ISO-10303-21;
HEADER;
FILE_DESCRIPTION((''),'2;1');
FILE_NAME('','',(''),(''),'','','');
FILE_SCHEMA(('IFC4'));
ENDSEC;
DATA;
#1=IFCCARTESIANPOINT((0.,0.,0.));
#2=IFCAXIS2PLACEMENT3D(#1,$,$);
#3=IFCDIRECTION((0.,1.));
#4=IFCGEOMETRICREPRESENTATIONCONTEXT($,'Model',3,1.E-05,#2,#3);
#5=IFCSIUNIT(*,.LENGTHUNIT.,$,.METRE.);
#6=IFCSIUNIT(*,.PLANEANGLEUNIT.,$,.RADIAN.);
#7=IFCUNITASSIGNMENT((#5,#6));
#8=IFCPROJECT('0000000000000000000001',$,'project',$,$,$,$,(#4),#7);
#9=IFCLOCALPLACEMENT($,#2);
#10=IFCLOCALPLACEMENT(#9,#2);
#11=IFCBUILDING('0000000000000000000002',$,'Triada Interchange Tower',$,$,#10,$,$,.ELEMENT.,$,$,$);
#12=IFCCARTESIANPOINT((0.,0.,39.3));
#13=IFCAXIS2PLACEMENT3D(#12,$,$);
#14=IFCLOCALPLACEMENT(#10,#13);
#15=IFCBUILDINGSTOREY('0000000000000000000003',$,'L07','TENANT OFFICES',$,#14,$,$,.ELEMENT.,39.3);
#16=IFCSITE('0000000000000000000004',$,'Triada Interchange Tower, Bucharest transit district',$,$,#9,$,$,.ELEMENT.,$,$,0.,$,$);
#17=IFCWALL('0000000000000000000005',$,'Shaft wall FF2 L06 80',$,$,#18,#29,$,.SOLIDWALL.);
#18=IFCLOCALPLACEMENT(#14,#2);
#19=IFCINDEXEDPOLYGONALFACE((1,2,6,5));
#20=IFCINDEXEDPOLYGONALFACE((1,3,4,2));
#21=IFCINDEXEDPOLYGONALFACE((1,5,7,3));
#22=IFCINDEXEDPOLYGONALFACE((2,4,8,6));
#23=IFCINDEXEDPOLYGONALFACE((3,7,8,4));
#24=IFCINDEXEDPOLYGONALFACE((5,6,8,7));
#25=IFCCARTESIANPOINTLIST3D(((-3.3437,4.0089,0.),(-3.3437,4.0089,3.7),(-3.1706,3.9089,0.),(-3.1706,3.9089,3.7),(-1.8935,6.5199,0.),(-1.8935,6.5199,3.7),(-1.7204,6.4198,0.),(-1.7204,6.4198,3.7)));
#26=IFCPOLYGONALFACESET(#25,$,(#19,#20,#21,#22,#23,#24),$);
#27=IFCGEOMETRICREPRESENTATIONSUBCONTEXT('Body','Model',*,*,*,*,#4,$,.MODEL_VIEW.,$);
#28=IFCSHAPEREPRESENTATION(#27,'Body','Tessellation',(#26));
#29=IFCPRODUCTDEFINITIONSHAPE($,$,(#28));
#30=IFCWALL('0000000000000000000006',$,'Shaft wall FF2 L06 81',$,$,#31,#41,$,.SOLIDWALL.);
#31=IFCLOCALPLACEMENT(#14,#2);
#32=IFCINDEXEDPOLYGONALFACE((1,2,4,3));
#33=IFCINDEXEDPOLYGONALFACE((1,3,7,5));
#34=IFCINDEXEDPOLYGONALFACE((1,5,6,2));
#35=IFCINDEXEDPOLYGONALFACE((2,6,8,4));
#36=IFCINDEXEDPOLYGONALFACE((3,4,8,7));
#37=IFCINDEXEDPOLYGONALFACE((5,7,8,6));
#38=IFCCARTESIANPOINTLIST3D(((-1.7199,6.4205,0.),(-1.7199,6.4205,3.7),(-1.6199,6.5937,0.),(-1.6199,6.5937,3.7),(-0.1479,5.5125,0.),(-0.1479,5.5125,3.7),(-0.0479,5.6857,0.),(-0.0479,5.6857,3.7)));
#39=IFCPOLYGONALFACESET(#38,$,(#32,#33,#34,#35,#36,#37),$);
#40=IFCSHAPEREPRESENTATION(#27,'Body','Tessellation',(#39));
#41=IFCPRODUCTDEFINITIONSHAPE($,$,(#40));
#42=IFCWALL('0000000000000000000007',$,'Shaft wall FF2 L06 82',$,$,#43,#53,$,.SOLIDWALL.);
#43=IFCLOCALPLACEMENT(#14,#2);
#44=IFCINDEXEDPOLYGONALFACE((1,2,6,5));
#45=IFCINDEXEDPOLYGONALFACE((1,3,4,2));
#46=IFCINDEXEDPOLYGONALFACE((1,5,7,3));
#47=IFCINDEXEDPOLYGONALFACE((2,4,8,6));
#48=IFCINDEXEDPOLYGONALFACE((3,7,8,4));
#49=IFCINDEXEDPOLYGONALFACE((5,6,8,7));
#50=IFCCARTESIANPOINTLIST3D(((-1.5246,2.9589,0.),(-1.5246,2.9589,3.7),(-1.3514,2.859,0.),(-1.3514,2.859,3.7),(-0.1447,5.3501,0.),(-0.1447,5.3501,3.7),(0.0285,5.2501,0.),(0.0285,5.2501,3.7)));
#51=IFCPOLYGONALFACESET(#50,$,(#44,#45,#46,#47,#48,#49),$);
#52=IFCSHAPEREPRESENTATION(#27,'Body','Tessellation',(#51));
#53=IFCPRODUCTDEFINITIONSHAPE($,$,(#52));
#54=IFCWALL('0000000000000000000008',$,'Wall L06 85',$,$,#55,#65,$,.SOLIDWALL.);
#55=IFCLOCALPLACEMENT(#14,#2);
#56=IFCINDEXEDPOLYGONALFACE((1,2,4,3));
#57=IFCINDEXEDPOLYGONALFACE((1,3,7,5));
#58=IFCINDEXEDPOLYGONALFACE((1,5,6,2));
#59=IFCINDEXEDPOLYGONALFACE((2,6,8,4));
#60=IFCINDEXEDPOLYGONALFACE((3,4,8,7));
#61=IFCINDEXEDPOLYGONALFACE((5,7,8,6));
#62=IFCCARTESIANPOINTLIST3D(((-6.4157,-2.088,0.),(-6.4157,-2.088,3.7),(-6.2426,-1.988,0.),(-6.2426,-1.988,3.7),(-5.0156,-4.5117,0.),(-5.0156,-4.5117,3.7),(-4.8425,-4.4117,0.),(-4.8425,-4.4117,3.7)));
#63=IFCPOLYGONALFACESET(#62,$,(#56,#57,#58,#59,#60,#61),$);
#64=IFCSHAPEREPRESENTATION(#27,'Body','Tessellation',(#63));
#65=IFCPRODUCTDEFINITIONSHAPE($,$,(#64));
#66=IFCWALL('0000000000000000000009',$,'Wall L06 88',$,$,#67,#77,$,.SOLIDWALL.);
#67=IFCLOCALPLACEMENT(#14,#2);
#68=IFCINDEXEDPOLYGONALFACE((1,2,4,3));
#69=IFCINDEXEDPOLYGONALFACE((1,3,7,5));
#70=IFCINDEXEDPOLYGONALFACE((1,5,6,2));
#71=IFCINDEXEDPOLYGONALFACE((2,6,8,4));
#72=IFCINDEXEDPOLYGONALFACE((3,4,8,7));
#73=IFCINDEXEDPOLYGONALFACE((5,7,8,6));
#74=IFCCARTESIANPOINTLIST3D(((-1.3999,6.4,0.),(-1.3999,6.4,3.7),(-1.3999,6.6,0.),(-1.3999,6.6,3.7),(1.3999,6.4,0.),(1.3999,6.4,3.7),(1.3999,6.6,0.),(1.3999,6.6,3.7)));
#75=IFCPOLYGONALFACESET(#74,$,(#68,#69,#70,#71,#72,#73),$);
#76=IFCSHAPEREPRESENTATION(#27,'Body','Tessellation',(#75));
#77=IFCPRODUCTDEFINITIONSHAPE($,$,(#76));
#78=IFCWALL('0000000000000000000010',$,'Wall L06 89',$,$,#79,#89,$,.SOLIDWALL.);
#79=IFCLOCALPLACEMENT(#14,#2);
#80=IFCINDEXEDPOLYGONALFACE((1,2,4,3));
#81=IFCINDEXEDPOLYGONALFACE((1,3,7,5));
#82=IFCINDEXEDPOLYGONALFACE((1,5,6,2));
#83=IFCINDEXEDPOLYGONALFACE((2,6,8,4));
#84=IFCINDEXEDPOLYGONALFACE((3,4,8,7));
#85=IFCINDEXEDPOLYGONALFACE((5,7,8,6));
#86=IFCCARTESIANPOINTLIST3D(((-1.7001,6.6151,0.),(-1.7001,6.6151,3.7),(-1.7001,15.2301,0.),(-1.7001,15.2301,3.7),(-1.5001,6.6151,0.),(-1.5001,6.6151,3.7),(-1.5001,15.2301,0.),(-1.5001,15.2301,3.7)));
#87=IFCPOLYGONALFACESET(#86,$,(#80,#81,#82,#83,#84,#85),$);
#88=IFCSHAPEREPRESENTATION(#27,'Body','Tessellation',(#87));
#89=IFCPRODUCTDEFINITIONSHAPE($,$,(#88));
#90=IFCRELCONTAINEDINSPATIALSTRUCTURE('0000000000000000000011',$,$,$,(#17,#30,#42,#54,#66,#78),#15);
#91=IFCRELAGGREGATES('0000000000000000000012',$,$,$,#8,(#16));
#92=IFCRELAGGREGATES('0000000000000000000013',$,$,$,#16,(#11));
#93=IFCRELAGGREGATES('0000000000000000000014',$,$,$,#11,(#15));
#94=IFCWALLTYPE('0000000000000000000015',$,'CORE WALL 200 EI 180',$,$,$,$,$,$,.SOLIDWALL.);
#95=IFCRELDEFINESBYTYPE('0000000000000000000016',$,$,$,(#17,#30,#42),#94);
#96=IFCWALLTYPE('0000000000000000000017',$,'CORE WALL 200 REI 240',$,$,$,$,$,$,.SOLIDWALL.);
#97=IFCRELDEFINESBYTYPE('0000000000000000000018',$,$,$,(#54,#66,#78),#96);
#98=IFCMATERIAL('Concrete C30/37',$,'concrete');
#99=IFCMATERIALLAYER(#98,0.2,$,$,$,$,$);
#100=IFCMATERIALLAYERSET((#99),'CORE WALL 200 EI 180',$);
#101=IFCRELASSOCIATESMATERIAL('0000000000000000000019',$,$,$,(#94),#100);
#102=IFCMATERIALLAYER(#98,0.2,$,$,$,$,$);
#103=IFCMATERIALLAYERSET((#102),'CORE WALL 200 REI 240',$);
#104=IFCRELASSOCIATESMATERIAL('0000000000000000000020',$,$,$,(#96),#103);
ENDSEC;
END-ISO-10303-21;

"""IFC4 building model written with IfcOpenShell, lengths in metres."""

from ifc_helpers import new_model, si_unit, direction, frame, frame_2d, origin, place, context, subcontext, project, spatial, rectangle, extrude, material, layer, layer_set, type_object, element, save


model = new_model("IFC4")

# Units and contexts
model_context = context("Model", 3, precision=1e-05, world=origin(), true_north=direction((0.0, 1.0)))
body_context = subcontext(model_context, "Body", "Model", "MODEL_VIEW")
ifc_project = project(units=[si_unit("LENGTHUNIT", "METRE"), si_unit("PLANEANGLEUNIT", "RADIAN")], contexts=[model_context])

# Site, building, storey
site_placement = place(None, origin())
site = spatial("IfcSite", under=ifc_project, at=site_placement, Name="Triada Interchange Tower, Bucharest transit district", CompositionType="ELEMENT", RefElevation=0.0)
building_placement = place(site_placement, origin())
building = spatial("IfcBuilding", under=site, at=building_placement, Name="Triada Interchange Tower", CompositionType="ELEMENT")
storey_placement = place(building_placement, frame((0.0, 0.0, 39.3)))
storey = spatial("IfcBuildingStorey", under=building, at=storey_placement, Name="L07", Description="TENANT OFFICES", CompositionType="ELEMENT", Elevation=39.3)

# Shared definitions
ifc_material_1 = material(Name="Concrete C30/37", Category="concrete")
ifc_layer_1 = layer(ifc_material_1, 0.2)
ifc_layer_set_1 = layer_set([ifc_layer_1], Name="CORE WALL 200 EI 180")
wall_type_1 = type_object("IfcWallType", Name="CORE WALL 200 EI 180", PredefinedType="SOLIDWALL", material=ifc_layer_set_1)

# Walls
wall_1_placement = place(storey_placement, frame((-3.2571, 3.959, 0.0), z_axis=(0.0, 0.0, 1.0), x_axis=(0.500123, 0.865954, 0.0)))
element("IfcWall", 1, at=wall_1_placement, inside=storey, type_object=wall_type_1, Name="Shaft wall FF2 L06 80", PredefinedType="SOLIDWALL", context=body_context, shape_type="SweptSolid", body=[
    extrude(rectangle(XDim=2.8997, YDim=0.2, at=frame_2d((1.4497, 0.0))), origin(), (0.0, 0.0, 1.0), 3.7),
])
wall_2_placement = place(storey_placement, frame((-1.6699, 6.5071, 0.0), z_axis=(0.0, 0.0, 1.0), x_axis=(0.865941, -0.500145, 0.0)))
element("IfcWall", 2, at=wall_2_placement, inside=storey, type_object=wall_type_1, Name="Shaft wall FF2 L06 81", PredefinedType="SOLIDWALL", context=body_context, shape_type="SweptSolid", body=[
    extrude(rectangle(XDim=1.8154, YDim=0.2, at=frame_2d((0.9077, 0.0))), origin(), (0.0, 0.0, 1.0), 3.7),
])
wall_3_placement = place(storey_placement, frame((-1.438, 2.9089, 0.0), z_axis=(0.0, 0.0, 1.0), x_axis=(0.49983, 0.866124, 0.0)))
element("IfcWall", 3, at=wall_3_placement, inside=storey, type_object=wall_type_1, Name="Shaft wall FF2 L06 82", PredefinedType="SOLIDWALL", context=body_context, shape_type="SweptSolid", body=[
    extrude(rectangle(XDim=2.7607, YDim=0.2, at=frame_2d((1.3804, 0.0))), origin(), (0.0, 0.0, 1.0), 3.7),
])
ifc_layer_2 = layer(ifc_material_1, 0.2)
ifc_layer_set_2 = layer_set([ifc_layer_2], Name="CORE WALL 200 REI 240")
wall_type_2 = type_object("IfcWallType", Name="CORE WALL 200 REI 240", PredefinedType="SOLIDWALL", material=ifc_layer_set_2)
wall_4_placement = place(storey_placement, frame((-6.3291, -2.0381, 0.0), z_axis=(0.0, 0.0, 1.0), x_axis=(0.500201, -0.86591, 0.0)))
element("IfcWall", 4, at=wall_4_placement, inside=storey, type_object=wall_type_2, Name="Wall L06 85", PredefinedType="SOLIDWALL", context=body_context, shape_type="SweptSolid", body=[
    extrude(rectangle(XDim=2.7991, YDim=0.2, at=frame_2d((1.3994, 0.0))), origin(), (0.0, 0.0, 1.0), 3.7),
])
wall_5_placement = place(storey_placement, frame((-1.3999, 6.5, 0.0), z_axis=(0.0, 0.0, 1.0), x_axis=(1.0, 0.0, 0.0)))
element("IfcWall", 5, at=wall_5_placement, inside=storey, type_object=wall_type_2, Name="Wall L06 88", PredefinedType="SOLIDWALL", context=body_context, shape_type="SweptSolid", body=[
    extrude(rectangle(XDim=2.7998, YDim=0.2, at=frame_2d((1.3999, 0.0))), origin(), (0.0, 0.0, 1.0), 3.7),
])
wall_6_placement = place(storey_placement, frame((-1.6001, 6.615, 0.0), z_axis=(0.0, 0.0, 1.0), x_axis=(0.0, 1.0, 0.0)))
element("IfcWall", 6, at=wall_6_placement, inside=storey, type_object=wall_type_2, Name="Wall L06 89", PredefinedType="SOLIDWALL", context=body_context, shape_type="SweptSolid", body=[
    extrude(rectangle(XDim=8.615, YDim=0.2, at=frame_2d((4.3076, 0.0))), origin(), (0.0, 0.0, 1.0), 3.7),
])

save(model, "model.ifc")
